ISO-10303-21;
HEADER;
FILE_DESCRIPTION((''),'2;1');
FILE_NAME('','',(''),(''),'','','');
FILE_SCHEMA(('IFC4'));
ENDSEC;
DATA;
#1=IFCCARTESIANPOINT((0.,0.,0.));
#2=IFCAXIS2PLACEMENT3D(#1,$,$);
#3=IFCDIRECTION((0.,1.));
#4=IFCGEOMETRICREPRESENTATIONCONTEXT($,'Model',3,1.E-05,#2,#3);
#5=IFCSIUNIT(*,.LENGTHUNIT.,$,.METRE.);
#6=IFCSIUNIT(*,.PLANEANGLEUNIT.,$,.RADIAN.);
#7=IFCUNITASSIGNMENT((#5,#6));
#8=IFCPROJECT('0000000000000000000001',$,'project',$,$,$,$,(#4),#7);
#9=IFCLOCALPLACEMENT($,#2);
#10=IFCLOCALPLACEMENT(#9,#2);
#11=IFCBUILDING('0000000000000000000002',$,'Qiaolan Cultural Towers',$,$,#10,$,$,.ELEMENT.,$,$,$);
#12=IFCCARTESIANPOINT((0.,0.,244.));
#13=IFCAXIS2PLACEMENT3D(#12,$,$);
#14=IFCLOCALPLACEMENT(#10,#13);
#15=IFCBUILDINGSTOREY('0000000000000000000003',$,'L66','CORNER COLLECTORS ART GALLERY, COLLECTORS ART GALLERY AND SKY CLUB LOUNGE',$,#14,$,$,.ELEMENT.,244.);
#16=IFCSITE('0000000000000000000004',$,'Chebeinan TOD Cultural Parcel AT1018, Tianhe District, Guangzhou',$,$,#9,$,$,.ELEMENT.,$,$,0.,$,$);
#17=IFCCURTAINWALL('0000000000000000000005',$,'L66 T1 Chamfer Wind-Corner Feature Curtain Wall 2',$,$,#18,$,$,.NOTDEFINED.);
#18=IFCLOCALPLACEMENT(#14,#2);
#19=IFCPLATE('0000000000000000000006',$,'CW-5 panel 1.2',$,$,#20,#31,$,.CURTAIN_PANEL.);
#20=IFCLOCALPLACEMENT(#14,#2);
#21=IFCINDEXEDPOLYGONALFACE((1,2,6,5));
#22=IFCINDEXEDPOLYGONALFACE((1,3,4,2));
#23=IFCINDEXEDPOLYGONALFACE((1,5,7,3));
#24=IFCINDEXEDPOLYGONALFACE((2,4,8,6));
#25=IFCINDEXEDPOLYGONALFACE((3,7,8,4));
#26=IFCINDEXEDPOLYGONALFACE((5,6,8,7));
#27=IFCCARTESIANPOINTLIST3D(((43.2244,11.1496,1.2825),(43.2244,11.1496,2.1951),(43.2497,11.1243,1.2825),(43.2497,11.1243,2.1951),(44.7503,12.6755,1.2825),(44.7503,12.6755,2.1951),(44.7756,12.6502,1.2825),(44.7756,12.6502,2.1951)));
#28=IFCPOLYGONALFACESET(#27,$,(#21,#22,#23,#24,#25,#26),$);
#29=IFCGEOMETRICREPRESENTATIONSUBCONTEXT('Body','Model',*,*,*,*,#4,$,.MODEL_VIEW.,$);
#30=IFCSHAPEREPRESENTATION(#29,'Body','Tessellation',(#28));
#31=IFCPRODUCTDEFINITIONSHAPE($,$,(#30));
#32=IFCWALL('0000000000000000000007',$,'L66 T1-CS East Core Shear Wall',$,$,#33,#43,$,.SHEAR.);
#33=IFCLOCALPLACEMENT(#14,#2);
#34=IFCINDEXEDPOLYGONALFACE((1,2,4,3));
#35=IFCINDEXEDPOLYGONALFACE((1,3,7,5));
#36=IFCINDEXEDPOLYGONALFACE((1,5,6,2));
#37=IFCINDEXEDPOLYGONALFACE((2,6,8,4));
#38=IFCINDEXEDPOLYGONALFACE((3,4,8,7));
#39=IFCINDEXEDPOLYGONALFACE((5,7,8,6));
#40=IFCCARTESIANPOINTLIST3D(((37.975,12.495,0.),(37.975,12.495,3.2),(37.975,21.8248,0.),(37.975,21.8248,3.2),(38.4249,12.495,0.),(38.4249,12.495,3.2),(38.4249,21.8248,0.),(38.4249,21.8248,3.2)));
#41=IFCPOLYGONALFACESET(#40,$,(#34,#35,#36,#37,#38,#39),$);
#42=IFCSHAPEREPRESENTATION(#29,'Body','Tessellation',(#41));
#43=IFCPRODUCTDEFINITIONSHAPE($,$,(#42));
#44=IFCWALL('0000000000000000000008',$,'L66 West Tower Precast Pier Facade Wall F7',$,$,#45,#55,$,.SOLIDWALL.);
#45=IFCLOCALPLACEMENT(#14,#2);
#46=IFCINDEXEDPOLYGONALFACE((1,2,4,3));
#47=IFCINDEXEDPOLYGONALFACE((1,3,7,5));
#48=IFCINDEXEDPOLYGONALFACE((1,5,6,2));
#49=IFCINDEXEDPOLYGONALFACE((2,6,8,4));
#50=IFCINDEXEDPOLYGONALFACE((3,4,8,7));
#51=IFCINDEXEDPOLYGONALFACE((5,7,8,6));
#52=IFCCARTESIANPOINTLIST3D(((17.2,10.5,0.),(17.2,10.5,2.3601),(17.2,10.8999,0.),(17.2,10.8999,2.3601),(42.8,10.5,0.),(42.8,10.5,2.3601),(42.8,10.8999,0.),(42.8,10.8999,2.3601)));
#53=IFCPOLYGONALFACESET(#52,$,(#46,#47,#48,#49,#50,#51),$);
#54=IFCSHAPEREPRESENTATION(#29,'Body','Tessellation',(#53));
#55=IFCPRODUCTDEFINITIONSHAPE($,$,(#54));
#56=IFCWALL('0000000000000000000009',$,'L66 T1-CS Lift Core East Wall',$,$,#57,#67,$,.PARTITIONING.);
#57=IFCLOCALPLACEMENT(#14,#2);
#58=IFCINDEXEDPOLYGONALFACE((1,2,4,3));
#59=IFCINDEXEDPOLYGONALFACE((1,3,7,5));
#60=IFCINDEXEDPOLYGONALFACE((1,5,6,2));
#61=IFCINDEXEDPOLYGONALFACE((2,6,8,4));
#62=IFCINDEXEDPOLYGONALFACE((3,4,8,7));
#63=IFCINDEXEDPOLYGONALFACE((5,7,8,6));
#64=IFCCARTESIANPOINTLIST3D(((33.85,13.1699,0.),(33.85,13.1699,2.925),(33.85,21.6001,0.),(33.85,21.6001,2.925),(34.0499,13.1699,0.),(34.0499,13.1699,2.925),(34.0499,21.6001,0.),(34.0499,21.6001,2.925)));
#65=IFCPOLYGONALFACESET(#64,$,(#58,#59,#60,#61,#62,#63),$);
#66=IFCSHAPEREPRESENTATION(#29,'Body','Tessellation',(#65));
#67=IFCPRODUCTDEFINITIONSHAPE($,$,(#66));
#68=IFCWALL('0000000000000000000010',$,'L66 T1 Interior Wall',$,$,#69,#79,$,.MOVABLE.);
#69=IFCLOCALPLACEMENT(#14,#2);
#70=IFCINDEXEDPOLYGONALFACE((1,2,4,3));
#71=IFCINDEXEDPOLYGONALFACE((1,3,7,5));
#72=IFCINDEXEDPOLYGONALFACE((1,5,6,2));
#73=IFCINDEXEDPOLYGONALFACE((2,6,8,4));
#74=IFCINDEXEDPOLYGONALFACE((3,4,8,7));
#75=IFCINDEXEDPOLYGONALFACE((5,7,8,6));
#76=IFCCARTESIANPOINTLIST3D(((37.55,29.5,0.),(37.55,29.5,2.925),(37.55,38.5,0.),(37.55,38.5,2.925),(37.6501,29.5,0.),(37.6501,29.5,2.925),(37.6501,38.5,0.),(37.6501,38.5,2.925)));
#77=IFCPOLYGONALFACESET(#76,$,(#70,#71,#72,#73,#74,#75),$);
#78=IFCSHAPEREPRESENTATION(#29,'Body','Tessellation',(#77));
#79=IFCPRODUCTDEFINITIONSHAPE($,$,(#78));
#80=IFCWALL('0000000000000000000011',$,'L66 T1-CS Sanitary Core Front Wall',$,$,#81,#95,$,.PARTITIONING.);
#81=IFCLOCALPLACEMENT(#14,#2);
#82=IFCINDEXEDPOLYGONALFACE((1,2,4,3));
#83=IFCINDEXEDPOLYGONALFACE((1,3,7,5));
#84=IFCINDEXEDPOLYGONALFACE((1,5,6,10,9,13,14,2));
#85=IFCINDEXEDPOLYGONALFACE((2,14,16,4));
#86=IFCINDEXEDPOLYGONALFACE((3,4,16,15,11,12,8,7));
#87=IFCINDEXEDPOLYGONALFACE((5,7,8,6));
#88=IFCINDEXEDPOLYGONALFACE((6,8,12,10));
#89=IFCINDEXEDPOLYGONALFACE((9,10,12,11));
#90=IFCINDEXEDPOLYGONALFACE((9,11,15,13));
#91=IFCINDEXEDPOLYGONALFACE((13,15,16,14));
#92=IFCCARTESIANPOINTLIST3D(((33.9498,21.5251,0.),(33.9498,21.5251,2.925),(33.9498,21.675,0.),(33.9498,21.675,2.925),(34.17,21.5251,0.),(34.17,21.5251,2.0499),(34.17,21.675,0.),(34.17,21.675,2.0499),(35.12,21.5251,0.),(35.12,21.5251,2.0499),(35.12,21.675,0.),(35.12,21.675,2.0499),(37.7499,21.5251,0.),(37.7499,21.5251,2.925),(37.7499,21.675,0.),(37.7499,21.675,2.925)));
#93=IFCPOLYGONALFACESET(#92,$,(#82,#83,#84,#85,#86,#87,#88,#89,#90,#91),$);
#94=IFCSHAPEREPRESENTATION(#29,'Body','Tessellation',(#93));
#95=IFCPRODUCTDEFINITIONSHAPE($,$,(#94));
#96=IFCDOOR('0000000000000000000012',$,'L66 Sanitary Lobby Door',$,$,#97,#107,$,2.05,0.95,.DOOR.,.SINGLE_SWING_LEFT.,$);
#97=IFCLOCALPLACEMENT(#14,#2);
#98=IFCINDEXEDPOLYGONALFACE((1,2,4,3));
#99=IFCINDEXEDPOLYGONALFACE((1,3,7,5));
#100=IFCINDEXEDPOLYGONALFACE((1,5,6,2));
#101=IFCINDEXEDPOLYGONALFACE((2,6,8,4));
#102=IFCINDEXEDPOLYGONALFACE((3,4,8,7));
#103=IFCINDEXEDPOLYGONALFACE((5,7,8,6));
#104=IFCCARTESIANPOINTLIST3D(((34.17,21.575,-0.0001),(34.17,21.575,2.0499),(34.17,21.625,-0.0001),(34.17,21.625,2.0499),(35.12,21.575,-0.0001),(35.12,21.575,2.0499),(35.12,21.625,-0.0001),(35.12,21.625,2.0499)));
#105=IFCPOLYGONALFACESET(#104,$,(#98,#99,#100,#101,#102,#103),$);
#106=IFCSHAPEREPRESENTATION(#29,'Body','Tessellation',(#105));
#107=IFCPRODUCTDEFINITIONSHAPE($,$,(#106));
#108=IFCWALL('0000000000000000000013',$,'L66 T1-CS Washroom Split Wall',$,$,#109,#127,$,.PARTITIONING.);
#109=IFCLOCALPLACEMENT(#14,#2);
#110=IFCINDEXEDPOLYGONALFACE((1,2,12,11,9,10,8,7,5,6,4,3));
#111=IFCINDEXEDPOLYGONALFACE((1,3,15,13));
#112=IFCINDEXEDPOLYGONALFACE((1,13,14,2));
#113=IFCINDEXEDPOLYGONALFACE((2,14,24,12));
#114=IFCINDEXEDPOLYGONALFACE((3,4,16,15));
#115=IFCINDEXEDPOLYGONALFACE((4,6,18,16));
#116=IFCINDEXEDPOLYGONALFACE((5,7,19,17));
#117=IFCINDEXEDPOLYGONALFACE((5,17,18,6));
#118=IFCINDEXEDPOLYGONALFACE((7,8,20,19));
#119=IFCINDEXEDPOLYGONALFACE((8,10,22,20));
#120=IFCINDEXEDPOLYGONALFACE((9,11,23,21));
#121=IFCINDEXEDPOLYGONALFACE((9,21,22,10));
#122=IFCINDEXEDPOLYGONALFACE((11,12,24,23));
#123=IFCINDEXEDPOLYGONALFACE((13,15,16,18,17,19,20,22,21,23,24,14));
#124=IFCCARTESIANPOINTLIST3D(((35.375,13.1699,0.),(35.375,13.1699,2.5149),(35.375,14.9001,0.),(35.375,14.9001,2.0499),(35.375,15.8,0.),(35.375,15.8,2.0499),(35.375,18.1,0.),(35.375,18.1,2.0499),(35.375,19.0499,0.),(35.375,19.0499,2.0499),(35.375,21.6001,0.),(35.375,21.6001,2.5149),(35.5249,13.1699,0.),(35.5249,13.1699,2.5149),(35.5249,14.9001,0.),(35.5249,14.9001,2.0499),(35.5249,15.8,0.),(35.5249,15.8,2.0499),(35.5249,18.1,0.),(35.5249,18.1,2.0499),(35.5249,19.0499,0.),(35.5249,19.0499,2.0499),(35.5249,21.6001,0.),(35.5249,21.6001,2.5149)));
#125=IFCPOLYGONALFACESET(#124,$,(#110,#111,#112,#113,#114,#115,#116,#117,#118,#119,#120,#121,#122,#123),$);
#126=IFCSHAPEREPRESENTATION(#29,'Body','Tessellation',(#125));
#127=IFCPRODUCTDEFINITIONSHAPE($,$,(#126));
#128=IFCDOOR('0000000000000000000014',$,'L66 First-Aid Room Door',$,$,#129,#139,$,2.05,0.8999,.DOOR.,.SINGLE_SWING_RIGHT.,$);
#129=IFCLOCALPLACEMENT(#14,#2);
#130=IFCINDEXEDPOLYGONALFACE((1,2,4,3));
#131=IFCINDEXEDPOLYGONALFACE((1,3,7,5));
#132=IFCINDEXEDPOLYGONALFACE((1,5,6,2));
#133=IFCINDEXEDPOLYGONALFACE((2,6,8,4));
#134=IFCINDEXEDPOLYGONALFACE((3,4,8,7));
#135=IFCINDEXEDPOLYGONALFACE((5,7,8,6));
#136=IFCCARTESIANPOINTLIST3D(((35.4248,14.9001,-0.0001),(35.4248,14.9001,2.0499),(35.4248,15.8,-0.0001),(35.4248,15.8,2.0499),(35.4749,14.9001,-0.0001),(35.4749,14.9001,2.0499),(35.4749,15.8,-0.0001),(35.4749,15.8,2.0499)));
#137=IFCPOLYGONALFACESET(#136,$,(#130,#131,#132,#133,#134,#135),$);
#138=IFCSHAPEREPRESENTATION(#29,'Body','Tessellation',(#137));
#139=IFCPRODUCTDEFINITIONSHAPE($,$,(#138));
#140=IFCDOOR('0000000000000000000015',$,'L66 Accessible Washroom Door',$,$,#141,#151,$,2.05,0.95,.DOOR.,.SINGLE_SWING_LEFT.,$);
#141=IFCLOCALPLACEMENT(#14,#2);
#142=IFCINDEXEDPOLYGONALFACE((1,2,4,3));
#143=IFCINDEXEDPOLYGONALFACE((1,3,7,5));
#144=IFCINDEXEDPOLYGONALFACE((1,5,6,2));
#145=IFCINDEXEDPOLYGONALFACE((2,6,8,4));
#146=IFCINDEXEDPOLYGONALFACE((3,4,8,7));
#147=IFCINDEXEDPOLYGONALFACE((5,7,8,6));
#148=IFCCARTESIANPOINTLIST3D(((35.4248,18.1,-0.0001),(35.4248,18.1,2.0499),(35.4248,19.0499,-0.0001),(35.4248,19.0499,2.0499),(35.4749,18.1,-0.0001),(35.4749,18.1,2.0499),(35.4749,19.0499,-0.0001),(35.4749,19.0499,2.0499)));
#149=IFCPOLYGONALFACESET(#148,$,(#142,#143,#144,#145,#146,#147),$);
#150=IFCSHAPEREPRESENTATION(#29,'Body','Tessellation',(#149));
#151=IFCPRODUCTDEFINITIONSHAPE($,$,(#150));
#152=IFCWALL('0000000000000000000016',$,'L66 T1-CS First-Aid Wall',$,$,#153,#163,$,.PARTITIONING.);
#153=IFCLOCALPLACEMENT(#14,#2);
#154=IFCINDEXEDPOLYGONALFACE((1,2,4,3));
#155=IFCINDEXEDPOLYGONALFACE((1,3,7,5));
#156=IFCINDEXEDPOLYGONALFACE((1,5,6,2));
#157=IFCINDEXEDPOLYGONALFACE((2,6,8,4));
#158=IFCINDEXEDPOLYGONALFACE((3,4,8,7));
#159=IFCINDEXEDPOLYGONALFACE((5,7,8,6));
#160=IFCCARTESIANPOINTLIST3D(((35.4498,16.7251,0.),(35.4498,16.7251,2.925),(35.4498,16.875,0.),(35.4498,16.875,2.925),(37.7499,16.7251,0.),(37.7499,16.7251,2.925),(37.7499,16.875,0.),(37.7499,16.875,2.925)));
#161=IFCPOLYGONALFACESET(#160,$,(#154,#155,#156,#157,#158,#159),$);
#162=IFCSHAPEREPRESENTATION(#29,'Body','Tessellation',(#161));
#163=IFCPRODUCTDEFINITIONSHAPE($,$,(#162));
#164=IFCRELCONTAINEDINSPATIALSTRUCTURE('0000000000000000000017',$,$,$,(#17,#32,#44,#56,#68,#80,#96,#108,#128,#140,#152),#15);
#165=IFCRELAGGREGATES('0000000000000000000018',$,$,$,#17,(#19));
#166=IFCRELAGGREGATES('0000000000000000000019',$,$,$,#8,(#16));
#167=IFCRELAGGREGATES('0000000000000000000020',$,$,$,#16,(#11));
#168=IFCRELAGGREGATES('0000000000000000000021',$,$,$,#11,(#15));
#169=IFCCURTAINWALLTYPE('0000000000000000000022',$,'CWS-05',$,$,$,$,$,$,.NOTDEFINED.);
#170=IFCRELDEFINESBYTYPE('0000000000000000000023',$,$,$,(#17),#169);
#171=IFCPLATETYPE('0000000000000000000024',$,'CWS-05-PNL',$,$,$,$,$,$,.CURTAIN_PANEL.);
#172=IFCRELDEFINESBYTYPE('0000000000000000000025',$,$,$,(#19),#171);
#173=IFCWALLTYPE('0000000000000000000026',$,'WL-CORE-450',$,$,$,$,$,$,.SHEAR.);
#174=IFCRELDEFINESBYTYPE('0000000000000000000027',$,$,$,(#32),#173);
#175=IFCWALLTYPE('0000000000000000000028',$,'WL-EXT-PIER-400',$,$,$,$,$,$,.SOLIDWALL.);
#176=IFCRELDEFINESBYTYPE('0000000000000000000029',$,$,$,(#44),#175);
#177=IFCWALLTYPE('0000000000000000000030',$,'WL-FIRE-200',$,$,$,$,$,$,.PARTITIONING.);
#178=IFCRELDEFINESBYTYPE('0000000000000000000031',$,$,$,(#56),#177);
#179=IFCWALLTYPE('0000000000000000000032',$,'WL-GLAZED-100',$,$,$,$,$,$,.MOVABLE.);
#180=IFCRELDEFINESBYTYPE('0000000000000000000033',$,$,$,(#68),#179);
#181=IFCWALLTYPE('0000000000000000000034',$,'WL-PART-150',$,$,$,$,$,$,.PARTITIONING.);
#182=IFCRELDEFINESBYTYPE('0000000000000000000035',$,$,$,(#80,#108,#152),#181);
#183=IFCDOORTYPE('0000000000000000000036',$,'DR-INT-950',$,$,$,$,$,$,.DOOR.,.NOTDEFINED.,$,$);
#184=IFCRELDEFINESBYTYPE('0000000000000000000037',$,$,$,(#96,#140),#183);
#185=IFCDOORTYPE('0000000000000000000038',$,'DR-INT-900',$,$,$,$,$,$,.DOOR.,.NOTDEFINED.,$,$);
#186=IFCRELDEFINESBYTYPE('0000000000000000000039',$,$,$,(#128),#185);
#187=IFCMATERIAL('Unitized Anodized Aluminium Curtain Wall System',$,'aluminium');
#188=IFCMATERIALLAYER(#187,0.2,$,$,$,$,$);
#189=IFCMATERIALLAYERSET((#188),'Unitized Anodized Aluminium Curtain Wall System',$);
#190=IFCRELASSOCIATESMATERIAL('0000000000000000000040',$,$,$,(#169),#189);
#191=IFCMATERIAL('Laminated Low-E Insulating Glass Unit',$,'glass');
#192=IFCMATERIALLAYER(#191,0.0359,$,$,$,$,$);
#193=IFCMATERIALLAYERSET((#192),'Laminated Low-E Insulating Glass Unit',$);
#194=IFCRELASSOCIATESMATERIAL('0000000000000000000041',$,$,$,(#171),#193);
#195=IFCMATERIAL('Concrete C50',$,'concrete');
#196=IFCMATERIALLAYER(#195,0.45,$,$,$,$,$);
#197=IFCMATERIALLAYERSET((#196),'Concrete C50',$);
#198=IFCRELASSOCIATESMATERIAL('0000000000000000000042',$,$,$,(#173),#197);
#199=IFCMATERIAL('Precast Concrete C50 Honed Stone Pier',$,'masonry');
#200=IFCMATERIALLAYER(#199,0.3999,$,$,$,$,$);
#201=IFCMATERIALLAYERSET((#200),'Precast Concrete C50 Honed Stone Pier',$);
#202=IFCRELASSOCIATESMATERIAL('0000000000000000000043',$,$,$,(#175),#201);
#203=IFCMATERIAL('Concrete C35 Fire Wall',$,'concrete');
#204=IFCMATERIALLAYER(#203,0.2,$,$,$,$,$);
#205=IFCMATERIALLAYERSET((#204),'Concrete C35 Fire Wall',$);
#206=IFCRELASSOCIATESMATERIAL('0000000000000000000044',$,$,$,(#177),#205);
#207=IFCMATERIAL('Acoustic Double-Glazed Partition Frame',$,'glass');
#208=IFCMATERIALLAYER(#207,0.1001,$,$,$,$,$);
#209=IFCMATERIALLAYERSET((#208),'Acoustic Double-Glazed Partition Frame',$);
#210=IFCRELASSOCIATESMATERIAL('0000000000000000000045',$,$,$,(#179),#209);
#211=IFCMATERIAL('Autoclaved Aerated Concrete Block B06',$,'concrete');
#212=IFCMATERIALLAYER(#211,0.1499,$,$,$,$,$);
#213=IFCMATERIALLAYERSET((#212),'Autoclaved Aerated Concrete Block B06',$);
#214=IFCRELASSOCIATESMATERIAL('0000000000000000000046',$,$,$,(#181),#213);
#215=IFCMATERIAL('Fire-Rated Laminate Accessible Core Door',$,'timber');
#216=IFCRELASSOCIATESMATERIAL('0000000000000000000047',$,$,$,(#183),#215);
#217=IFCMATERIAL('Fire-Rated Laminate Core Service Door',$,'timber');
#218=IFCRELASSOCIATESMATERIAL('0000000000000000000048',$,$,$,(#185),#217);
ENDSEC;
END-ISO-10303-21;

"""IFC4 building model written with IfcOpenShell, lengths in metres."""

from ifc_helpers import new_model, si_unit, direction, frame, frame_2d, origin, origin_2d, place, context, subcontext, project, spatial, rectangle, extrude, material, layer, layer_set, type_object, element, fill, aggregate, save


model = new_model("IFC4")

# Units and contexts
model_context = context("Model", 3, precision=1e-05, world=origin(), true_north=direction((0.0, 1.0)))
body_context = subcontext(model_context, "Body", "Model", "MODEL_VIEW")
ifc_project = project(units=[si_unit("LENGTHUNIT", "METRE"), si_unit("PLANEANGLEUNIT", "RADIAN")], contexts=[model_context])

# Site, building, storey
site_placement = place(None, origin())
site = spatial("IfcSite", under=ifc_project, at=site_placement, Name="Chebeinan TOD Cultural Parcel AT1018, Tianhe District, Guangzhou", CompositionType="ELEMENT", RefElevation=0.0)
building_placement = place(site_placement, origin())
building = spatial("IfcBuilding", under=site, at=building_placement, Name="Qiaolan Cultural Towers", CompositionType="ELEMENT")
storey_placement = place(building_placement, frame((0.0, 0.0, 244.0)))
storey = spatial("IfcBuildingStorey", under=building, at=storey_placement, Name="L66", Description="CORNER COLLECTORS ART GALLERY, COLLECTORS ART GALLERY AND SKY CLUB LOUNGE", CompositionType="ELEMENT", Elevation=244.0)

# Curtain wall, plate
ifc_material_1 = material(Name="Unitized Anodized Aluminium Curtain Wall System", Category="aluminium")
ifc_layer_1 = layer(ifc_material_1, 0.2)
ifc_layer_set_1 = layer_set([ifc_layer_1], Name="Unitized Anodized Aluminium Curtain Wall System")
curtain_wall_type = type_object("IfcCurtainWallType", Name="CWS-05", PredefinedType="NOTDEFINED", material=ifc_layer_set_1)
curtain_wall_placement = place(storey_placement, origin())
curtain_wall = element("IfcCurtainWall", 1, at=curtain_wall_placement, inside=storey, type_object=curtain_wall_type, Name="L66 T1 Chamfer Wind-Corner Feature Curtain Wall 2", PredefinedType="NOTDEFINED")
ifc_material_2 = material(Name="Laminated Low-E Insulating Glass Unit", Category="glass")
ifc_layer_2 = layer(ifc_material_2, 0.0359)
ifc_layer_set_2 = layer_set([ifc_layer_2], Name="Laminated Low-E Insulating Glass Unit")
plate_type = type_object("IfcPlateType", Name="CWS-05-PNL", PredefinedType="CURTAIN_PANEL", material=ifc_layer_set_2)
plate_1_placement = place(storey_placement, frame((44.0, 11.8999, 1.2825), z_axis=(0.0, 0.0, 1.0), x_axis=(-0.707107, -0.707107, 0.0)))
plate_1 = element("IfcPlate", 2, at=plate_1_placement, type_object=plate_type, Name="CW-5 panel 1.2", PredefinedType="CURTAIN_PANEL", context=body_context, shape_type="SweptSolid", body=[
    extrude(rectangle(XDim=2.158, YDim=0.0359, at=origin_2d()), origin(), (0.0, 0.0, 1.0), 0.9126),
])
aggregate(curtain_wall, [plate_1])

# Walls
ifc_material_3 = material(Name="Concrete C50", Category="concrete")
ifc_layer_3 = layer(ifc_material_3, 0.45)
ifc_layer_set_3 = layer_set([ifc_layer_3], Name="Concrete C50")
wall_type_1 = type_object("IfcWallType", Name="WL-CORE-450", PredefinedType="SHEAR", material=ifc_layer_set_3)
wall_1_placement = place(storey_placement, frame((38.2, 21.825, 0.0), z_axis=(0.0, 0.0, 1.0), x_axis=(0.0, -1.0, 0.0)))
element("IfcWall", 3, at=wall_1_placement, inside=storey, type_object=wall_type_1, Name="L66 T1-CS East Core Shear Wall", PredefinedType="SHEAR", context=body_context, shape_type="SweptSolid", body=[
    extrude(rectangle(XDim=9.3298, YDim=0.45, at=frame_2d((4.665, 0.0))), origin(), (0.0, 0.0, 1.0), 3.2),
])
ifc_material_4 = material(Name="Precast Concrete C50 Honed Stone Pier", Category="masonry")
ifc_layer_4 = layer(ifc_material_4, 0.3999)
ifc_layer_set_4 = layer_set([ifc_layer_4], Name="Precast Concrete C50 Honed Stone Pier")
wall_type_2 = type_object("IfcWallType", Name="WL-EXT-PIER-400", PredefinedType="SOLIDWALL", material=ifc_layer_set_4)
wall_2_placement = place(storey_placement, frame((42.8, 10.7, 0.0), z_axis=(0.0, 0.0, 1.0), x_axis=(-1.0, 0.0, 0.0)))
element("IfcWall", 4, at=wall_2_placement, inside=storey, type_object=wall_type_2, Name="L66 West Tower Precast Pier Facade Wall F7", PredefinedType="SOLIDWALL", context=body_context, shape_type="SweptSolid", body=[
    extrude(rectangle(XDim=25.6001, YDim=0.3999, at=frame_2d((12.8, 0.0))), origin(), (0.0, 0.0, 1.0), 2.3601),
])
ifc_material_5 = material(Name="Concrete C35 Fire Wall", Category="concrete")
ifc_layer_5 = layer(ifc_material_5, 0.2)
ifc_layer_set_5 = layer_set([ifc_layer_5], Name="Concrete C35 Fire Wall")
wall_type_3 = type_object("IfcWallType", Name="WL-FIRE-200", PredefinedType="PARTITIONING", material=ifc_layer_set_5)
wall_3_placement = place(storey_placement, frame((33.95, 21.6001, 0.0), z_axis=(0.0, 0.0, 1.0), x_axis=(0.0, -1.0, 0.0)))
element("IfcWall", 5, at=wall_3_placement, inside=storey, type_object=wall_type_3, Name="L66 T1-CS Lift Core East Wall", PredefinedType="PARTITIONING", context=body_context, shape_type="SweptSolid", body=[
    extrude(rectangle(XDim=8.4302, YDim=0.2, at=frame_2d((4.2151, 0.0))), origin(), (0.0, 0.0, 1.0), 2.925),
])
ifc_material_6 = material(Name="Acoustic Double-Glazed Partition Frame", Category="glass")
ifc_layer_6 = layer(ifc_material_6, 0.1001)
ifc_layer_set_6 = layer_set([ifc_layer_6], Name="Acoustic Double-Glazed Partition Frame")
wall_type_4 = type_object("IfcWallType", Name="WL-GLAZED-100", PredefinedType="MOVABLE", material=ifc_layer_set_6)
wall_4_placement = place(storey_placement, frame((37.6001, 29.5, 0.0), z_axis=(0.0, 0.0, 1.0), x_axis=(0.0, 1.0, 0.0)))
element("IfcWall", 6, at=wall_4_placement, inside=storey, type_object=wall_type_4, Name="L66 T1 Interior Wall", PredefinedType="MOVABLE", context=body_context, shape_type="SweptSolid", body=[
    extrude(rectangle(XDim=9.0, YDim=0.1001, at=frame_2d((4.5, 0.0))), origin(), (0.0, 0.0, 1.0), 2.925),
])

# Wall, opening, door
ifc_material_7 = material(Name="Autoclaved Aerated Concrete Block B06", Category="concrete")
ifc_layer_7 = layer(ifc_material_7, 0.1499)
ifc_layer_set_7 = layer_set([ifc_layer_7], Name="Autoclaved Aerated Concrete Block B06")
wall_type_5 = type_object("IfcWallType", Name="WL-PART-150", PredefinedType="PARTITIONING", material=ifc_layer_set_7)
wall_5_placement = place(storey_placement, frame((33.95, 21.6001, 0.0), z_axis=(0.0, 0.0, 1.0), x_axis=(1.0, 0.0, 0.0)))
wall_5 = element("IfcWall", 7, at=wall_5_placement, inside=storey, type_object=wall_type_5, Name="L66 T1-CS Sanitary Core Front Wall", PredefinedType="PARTITIONING", context=body_context, shape_type="SweptSolid", body=[
    extrude(rectangle(XDim=3.8, YDim=0.1499, at=frame_2d((1.8999, 0.0))), origin(), (0.0, 0.0, 1.0), 2.925),
])
opening_1_placement = place(wall_5_placement, frame((0.22, 0.0, 0.0)))
opening_1 = element("IfcOpeningElement", 8, at=opening_1_placement, cuts=wall_5, PredefinedType="OPENING", context=body_context, shape_type="SweptSolid", body=[
    extrude(rectangle(XDim=0.95, YDim=2.05, at=frame_2d((0.4751, 1.0249))), frame((0.0, 0.085, 0.0), z_axis=(0.0, -1.0, 0.0), x_axis=(1.0, 0.0, 0.0)), (0.0, 0.0, 1.0), 0.1699),
])
ifc_material_8 = material(Name="Fire-Rated Laminate Accessible Core Door", Category="timber")
door_type_1 = type_object("IfcDoorType", Name="DR-INT-950", OperationType="NOTDEFINED", PredefinedType="DOOR", material=ifc_material_8)
door_1_placement = place(opening_1_placement, origin())
door_1 = element("IfcDoor", 9, at=door_1_placement, inside=storey, type_object=door_type_1, Name="L66 Sanitary Lobby Door", OperationType="SINGLE_SWING_LEFT", OverallHeight=2.05, OverallWidth=0.95, PredefinedType="DOOR", context=body_context, shape_type="SweptSolid", body=[
    extrude(rectangle(XDim=0.95, YDim=2.05, at=frame_2d((0.4751, 1.0249))), frame((0.0, 0.0249, 0.0), z_axis=(0.0, -1.0, 0.0), x_axis=(1.0, 0.0, 0.0)), (0.0, 0.0, 1.0), 0.05),
])
fill(opening_1, door_1)

# Wall, openings, doors
wall_6_placement = place(storey_placement, frame((35.45, 21.6001, 0.0), z_axis=(0.0, 0.0, 1.0), x_axis=(0.0, -1.0, 0.0)))
wall_6 = element("IfcWall", 10, at=wall_6_placement, inside=storey, type_object=wall_type_5, Name="L66 T1-CS Washroom Split Wall", PredefinedType="PARTITIONING", context=body_context, shape_type="SweptSolid", body=[
    extrude(rectangle(XDim=8.4302, YDim=0.1499, at=frame_2d((4.2151, 0.0))), origin(), (0.0, 0.0, 1.0), 2.5149),
])
opening_2_placement = place(wall_6_placement, frame((2.55, 0.0, 0.0)))
opening_2 = element("IfcOpeningElement", 11, at=opening_2_placement, cuts=wall_6, PredefinedType="OPENING", context=body_context, shape_type="SweptSolid", body=[
    extrude(rectangle(XDim=0.95, YDim=2.05, at=frame_2d((0.4751, 1.0249))), frame((0.0, 0.085, 0.0), z_axis=(0.0, -1.0, 0.0), x_axis=(1.0, 0.0, 0.0)), (0.0, 0.0, 1.0), 0.1699),
])
opening_3_placement = place(wall_6_placement, frame((5.8, 0.0, 0.0)))
opening_3 = element("IfcOpeningElement", 12, at=opening_3_placement, cuts=wall_6, PredefinedType="OPENING", context=body_context, shape_type="SweptSolid", body=[
    extrude(rectangle(XDim=0.8999, YDim=2.05, at=frame_2d((0.45, 1.0249))), frame((0.0, 0.085, 0.0), z_axis=(0.0, -1.0, 0.0), x_axis=(1.0, 0.0, 0.0)), (0.0, 0.0, 1.0), 0.1699),
])
ifc_material_9 = material(Name="Fire-Rated Laminate Core Service Door", Category="timber")
door_type_2 = type_object("IfcDoorType", Name="DR-INT-900", OperationType="NOTDEFINED", PredefinedType="DOOR", material=ifc_material_9)
door_2_placement = place(opening_3_placement, origin())
door_2 = element("IfcDoor", 13, at=door_2_placement, inside=storey, type_object=door_type_2, Name="L66 First-Aid Room Door", OperationType="SINGLE_SWING_RIGHT", OverallHeight=2.05, OverallWidth=0.8999, PredefinedType="DOOR", context=body_context, shape_type="SweptSolid", body=[
    extrude(rectangle(XDim=0.8999, YDim=2.05, at=frame_2d((0.45, 1.0249))), frame((0.0, 0.0249, 0.0), z_axis=(0.0, -1.0, 0.0), x_axis=(1.0, 0.0, 0.0)), (0.0, 0.0, 1.0), 0.05),
])
fill(opening_3, door_2)
door_3_placement = place(opening_2_placement, origin())
door_3 = element("IfcDoor", 14, at=door_3_placement, inside=storey, type_object=door_type_1, Name="L66 Accessible Washroom Door", OperationType="SINGLE_SWING_LEFT", OverallHeight=2.05, OverallWidth=0.95, PredefinedType="DOOR", context=body_context, shape_type="SweptSolid", body=[
    extrude(rectangle(XDim=0.95, YDim=2.05, at=frame_2d((0.4751, 1.0249))), frame((0.0, 0.0249, 0.0), z_axis=(0.0, -1.0, 0.0), x_axis=(1.0, 0.0, 0.0)), (0.0, 0.0, 1.0), 0.05),
])
fill(opening_2, door_3)

# Wall
wall_7_placement = place(storey_placement, frame((35.45, 16.8, 0.0), z_axis=(0.0, 0.0, 1.0), x_axis=(1.0, 0.0, 0.0)))
element("IfcWall", 15, at=wall_7_placement, inside=storey, type_object=wall_type_5, Name="L66 T1-CS First-Aid Wall", PredefinedType="PARTITIONING", context=body_context, shape_type="SweptSolid", body=[
    extrude(rectangle(XDim=2.3, YDim=0.1499, at=frame_2d((1.1499, 0.0))), origin(), (0.0, 0.0, 1.0), 2.925),
])

save(model, "model.ifc")
